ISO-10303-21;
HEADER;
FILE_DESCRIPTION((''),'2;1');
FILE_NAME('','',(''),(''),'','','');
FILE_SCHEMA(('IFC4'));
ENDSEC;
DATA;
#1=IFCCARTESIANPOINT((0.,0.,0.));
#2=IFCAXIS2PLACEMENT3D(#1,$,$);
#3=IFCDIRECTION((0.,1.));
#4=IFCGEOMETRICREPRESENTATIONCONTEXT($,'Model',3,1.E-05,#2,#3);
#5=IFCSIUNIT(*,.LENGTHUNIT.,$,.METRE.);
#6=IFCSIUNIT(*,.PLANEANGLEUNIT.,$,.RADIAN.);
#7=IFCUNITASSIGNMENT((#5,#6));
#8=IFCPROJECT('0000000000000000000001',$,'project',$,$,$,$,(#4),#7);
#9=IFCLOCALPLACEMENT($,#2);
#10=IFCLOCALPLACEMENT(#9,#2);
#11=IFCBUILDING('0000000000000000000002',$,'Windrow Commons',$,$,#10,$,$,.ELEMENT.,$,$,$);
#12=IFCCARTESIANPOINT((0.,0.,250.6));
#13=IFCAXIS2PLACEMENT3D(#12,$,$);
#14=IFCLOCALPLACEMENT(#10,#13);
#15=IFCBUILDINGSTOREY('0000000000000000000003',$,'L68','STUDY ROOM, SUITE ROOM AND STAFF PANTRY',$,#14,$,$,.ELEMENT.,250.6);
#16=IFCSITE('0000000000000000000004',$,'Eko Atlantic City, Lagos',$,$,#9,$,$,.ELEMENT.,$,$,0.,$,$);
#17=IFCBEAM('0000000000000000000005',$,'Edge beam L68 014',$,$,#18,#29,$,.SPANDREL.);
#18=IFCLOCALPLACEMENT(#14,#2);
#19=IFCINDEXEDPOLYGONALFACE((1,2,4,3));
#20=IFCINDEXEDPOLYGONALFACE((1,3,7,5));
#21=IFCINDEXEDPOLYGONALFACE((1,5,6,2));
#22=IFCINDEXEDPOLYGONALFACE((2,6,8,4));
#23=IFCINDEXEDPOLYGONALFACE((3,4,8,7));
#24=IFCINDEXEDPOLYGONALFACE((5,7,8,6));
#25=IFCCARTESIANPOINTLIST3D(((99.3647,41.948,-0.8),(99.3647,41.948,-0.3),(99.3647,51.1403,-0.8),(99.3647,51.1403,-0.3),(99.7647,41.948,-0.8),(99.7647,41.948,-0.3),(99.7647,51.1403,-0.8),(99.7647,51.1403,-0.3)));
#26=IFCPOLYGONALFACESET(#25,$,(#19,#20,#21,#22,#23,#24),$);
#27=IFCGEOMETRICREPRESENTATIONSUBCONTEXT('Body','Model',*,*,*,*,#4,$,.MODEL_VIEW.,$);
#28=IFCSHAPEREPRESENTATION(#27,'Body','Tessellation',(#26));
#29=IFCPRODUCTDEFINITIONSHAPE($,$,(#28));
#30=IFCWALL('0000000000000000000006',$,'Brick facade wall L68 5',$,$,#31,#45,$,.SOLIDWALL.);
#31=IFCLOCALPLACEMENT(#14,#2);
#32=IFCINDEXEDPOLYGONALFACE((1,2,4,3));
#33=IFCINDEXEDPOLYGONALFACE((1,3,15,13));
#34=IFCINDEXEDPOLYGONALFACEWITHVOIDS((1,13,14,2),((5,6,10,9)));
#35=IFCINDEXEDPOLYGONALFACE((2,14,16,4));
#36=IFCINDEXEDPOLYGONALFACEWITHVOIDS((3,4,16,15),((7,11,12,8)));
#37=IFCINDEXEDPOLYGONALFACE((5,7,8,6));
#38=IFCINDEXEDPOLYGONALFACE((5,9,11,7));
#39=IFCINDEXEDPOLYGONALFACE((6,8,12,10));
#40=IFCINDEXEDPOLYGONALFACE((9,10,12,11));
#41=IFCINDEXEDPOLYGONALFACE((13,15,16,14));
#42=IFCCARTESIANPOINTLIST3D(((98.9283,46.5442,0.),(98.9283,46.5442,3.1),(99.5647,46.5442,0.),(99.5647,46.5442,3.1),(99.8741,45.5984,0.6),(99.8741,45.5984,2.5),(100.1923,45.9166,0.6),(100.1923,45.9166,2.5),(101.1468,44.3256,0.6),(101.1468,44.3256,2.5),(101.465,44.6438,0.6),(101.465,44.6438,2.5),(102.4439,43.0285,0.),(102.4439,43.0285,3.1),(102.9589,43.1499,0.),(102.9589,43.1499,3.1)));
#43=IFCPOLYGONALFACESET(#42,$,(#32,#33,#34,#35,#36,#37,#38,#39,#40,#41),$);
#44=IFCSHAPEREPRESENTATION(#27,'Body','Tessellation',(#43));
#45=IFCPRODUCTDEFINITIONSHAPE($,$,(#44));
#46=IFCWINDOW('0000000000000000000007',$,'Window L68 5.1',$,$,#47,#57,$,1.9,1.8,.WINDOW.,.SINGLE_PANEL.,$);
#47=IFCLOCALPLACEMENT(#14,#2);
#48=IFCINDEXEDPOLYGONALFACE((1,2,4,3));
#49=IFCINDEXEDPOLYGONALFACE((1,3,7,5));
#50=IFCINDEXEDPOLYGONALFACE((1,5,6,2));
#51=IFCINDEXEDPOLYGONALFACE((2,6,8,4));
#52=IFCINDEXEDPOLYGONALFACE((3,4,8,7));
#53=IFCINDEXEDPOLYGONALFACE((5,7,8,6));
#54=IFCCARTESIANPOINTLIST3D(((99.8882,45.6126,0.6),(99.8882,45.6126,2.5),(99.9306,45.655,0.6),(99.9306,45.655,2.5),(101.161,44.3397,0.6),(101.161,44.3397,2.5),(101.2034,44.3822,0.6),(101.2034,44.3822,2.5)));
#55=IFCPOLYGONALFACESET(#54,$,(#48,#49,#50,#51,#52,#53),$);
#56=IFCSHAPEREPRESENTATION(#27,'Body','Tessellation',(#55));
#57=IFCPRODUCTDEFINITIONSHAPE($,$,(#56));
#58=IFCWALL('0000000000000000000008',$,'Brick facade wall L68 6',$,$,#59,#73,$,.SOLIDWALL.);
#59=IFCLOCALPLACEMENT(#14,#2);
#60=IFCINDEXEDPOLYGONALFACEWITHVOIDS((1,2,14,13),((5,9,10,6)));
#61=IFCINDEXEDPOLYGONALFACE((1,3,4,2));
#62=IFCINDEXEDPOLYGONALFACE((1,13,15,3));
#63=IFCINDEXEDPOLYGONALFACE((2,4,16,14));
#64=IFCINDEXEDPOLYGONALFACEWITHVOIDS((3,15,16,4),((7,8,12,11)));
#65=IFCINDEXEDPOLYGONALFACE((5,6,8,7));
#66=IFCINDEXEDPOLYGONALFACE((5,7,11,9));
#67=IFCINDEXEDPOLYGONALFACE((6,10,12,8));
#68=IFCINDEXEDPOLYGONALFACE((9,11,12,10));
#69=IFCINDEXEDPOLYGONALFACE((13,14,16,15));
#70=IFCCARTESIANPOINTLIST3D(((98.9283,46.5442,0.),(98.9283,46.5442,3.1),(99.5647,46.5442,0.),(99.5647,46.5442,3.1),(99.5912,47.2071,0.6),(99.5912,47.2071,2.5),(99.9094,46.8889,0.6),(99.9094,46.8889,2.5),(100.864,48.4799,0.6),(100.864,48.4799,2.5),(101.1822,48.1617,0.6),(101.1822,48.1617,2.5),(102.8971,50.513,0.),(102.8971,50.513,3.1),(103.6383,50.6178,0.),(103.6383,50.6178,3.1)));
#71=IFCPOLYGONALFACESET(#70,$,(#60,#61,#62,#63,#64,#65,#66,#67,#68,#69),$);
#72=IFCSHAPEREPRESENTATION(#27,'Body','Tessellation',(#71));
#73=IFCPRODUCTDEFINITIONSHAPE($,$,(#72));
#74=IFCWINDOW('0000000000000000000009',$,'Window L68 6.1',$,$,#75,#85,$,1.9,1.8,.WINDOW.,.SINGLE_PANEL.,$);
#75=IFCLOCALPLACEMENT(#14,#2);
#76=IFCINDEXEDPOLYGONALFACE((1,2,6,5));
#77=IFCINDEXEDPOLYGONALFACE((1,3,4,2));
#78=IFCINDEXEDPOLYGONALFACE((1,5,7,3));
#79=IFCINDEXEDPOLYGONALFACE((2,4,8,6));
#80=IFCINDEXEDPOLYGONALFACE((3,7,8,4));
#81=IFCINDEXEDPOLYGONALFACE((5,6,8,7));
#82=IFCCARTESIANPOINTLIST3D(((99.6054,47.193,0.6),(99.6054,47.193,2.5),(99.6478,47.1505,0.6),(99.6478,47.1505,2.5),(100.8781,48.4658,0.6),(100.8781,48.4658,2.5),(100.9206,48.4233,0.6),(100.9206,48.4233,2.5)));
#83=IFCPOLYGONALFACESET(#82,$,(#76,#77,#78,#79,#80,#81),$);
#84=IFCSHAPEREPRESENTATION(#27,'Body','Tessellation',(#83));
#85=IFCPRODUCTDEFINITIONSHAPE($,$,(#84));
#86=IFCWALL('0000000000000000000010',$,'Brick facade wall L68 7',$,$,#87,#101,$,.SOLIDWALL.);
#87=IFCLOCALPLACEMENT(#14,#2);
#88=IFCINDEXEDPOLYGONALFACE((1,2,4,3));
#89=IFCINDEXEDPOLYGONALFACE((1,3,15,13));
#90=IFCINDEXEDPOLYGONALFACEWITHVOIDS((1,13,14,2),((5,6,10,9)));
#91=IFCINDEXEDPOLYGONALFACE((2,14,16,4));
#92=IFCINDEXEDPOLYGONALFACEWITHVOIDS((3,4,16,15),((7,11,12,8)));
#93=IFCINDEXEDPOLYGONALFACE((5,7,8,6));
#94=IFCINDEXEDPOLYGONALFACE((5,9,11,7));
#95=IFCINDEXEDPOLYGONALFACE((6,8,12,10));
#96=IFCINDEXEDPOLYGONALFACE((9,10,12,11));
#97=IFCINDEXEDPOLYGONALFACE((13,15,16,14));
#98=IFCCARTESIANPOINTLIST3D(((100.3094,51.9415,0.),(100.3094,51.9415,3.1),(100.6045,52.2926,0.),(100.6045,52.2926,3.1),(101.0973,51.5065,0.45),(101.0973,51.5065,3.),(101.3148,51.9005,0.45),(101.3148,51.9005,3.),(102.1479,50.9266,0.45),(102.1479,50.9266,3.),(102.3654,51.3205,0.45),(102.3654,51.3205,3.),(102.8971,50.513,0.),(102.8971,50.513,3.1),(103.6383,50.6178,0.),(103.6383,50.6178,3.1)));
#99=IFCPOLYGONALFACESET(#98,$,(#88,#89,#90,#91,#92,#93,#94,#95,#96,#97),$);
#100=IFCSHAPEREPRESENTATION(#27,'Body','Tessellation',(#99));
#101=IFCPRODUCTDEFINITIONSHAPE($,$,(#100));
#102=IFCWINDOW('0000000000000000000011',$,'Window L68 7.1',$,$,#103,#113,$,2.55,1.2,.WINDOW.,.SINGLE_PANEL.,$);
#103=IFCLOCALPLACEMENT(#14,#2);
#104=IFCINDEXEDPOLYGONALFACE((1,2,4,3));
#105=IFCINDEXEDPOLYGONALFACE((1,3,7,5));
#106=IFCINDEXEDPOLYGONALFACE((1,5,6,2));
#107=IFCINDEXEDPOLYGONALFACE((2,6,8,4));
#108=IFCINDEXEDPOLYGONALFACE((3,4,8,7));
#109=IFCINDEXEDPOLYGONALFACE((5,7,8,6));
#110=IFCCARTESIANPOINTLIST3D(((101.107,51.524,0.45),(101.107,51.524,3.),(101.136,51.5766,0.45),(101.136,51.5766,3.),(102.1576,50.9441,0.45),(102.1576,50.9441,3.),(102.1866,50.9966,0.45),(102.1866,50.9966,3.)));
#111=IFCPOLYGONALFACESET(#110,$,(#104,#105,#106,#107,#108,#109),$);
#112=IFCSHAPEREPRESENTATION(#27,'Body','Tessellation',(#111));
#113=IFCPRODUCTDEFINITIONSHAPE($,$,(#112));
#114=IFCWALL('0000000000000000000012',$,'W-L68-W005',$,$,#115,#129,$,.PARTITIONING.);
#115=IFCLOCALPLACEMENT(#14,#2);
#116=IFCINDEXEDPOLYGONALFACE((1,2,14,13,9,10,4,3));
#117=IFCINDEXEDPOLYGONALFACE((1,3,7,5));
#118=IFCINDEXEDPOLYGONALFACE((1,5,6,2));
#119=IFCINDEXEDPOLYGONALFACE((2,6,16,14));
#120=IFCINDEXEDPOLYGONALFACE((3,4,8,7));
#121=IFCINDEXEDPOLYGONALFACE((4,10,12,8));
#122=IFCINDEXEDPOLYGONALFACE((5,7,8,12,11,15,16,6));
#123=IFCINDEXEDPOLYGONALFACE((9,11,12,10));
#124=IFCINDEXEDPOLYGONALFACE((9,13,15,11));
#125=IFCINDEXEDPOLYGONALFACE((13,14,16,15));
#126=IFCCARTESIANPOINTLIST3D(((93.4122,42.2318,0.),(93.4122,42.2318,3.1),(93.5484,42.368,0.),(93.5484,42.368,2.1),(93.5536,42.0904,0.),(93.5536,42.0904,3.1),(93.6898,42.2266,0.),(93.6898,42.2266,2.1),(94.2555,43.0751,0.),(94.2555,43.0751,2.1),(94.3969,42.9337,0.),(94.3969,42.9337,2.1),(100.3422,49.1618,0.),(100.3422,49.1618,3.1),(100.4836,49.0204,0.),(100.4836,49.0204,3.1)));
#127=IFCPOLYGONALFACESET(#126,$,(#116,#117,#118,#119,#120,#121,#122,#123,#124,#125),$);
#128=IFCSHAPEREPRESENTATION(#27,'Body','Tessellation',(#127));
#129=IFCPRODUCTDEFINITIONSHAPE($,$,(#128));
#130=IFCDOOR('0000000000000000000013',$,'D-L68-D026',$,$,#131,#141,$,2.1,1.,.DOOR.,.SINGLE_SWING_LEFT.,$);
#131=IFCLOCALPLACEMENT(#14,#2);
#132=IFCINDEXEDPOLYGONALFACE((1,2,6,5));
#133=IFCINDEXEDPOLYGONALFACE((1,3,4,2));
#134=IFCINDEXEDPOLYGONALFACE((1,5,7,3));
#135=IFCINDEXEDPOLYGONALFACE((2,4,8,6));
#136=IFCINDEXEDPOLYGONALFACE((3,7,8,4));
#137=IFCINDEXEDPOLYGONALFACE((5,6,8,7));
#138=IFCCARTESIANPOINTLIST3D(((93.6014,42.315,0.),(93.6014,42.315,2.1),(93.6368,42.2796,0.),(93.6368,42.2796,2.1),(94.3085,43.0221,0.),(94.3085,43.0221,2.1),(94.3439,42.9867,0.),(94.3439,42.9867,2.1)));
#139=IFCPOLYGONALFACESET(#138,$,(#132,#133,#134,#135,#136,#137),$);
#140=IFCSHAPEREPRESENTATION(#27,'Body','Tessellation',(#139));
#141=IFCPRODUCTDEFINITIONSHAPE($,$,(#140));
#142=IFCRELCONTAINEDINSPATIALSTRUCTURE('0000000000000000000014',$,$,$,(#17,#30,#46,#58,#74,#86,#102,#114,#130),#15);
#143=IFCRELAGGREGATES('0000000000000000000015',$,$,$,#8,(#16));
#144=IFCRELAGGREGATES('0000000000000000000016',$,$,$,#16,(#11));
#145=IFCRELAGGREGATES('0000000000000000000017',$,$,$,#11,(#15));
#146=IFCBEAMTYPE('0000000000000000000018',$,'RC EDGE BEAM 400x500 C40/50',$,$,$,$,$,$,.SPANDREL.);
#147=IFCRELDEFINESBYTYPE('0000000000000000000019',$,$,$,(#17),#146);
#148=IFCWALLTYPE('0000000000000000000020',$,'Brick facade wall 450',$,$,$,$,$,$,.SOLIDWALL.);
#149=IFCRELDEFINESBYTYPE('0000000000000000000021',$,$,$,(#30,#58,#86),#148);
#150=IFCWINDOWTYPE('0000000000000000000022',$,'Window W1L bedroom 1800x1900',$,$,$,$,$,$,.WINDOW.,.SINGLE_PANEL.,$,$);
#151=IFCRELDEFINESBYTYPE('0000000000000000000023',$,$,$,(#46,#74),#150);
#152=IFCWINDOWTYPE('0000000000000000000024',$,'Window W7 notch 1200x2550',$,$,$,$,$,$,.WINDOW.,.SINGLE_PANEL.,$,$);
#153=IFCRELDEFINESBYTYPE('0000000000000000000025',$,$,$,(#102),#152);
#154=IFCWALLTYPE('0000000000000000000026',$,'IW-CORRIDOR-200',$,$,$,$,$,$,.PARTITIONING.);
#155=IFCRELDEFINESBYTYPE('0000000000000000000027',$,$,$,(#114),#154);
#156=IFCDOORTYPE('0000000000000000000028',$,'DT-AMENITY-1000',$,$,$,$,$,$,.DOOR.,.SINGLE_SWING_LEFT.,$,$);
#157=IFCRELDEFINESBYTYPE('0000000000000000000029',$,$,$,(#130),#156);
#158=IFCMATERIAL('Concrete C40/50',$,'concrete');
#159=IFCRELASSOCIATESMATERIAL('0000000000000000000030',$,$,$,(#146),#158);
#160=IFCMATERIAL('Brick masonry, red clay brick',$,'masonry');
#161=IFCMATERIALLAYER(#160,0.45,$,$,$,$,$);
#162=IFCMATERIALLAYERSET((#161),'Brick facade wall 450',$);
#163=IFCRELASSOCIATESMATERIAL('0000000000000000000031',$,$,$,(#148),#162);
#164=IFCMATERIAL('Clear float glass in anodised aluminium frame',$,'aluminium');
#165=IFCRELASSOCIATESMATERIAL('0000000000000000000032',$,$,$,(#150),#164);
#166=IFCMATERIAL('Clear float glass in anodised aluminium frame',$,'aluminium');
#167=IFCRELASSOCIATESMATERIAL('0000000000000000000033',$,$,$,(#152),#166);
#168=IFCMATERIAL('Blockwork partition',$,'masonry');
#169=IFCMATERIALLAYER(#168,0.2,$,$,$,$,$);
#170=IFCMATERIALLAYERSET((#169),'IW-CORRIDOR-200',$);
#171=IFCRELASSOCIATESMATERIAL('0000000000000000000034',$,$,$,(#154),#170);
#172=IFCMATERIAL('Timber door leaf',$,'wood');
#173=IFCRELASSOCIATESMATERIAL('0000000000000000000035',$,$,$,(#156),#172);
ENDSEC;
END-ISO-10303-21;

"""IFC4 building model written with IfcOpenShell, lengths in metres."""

from ifc_helpers import new_model, si_unit, direction, frame, frame_2d, origin, origin_2d, place, context, subcontext, project, spatial, polyline, rectangle, outline, extrude, material, layer, layer_set, material_profile, profile_set, type_object, element, fill, save


model = new_model("IFC4")

# Units and contexts
model_context = context("Model", 3, precision=1e-05, world=origin(), true_north=direction((0.0, 1.0)))
body_context = subcontext(model_context, "Body", "Model", "MODEL_VIEW")
ifc_project = project(units=[si_unit("LENGTHUNIT", "METRE"), si_unit("PLANEANGLEUNIT", "RADIAN")], contexts=[model_context])

# Site, building, storey
site_placement = place(None, origin())
site = spatial("IfcSite", under=ifc_project, at=site_placement, Name="Eko Atlantic City, Lagos", CompositionType="ELEMENT", RefElevation=0.0)
building_placement = place(site_placement, origin())
building = spatial("IfcBuilding", under=site, at=building_placement, Name="Windrow Commons", CompositionType="ELEMENT")
storey_placement = place(building_placement, frame((0.0, 0.0, 250.6)))
storey = spatial("IfcBuildingStorey", under=building, at=storey_placement, Name="L68", Description="STUDY ROOM, SUITE ROOM AND STAFF PANTRY", CompositionType="ELEMENT", Elevation=250.6)

# Beam
ifc_material_1 = material(Name="Concrete C40/50", Category="concrete")
ifc_material_profile = material_profile(ifc_material_1, rectangle(XDim=0.4, YDim=0.5, at=origin_2d()))
ifc_profile_set = profile_set([ifc_material_profile], Name="Concrete C40/50")
beam_type = type_object("IfcBeamType", Name="RC EDGE BEAM 400x500 C40/50", PredefinedType="SPANDREL", material=ifc_profile_set)
beam_placement = place(storey_placement, frame((99.5647, 51.1403, -0.55), z_axis=(0.0, -1.0, 0.0), x_axis=(1.0, 0.0, 0.0)))
element("IfcBeam", 1, at=beam_placement, inside=storey, type_object=beam_type, Name="Edge beam L68 014", PredefinedType="SPANDREL", context=body_context, shape_type="SweptSolid", body=[
    extrude(rectangle(XDim=0.4, YDim=0.5, at=origin_2d()), origin(), (0.0, 0.0, 1.0), 9.1923),
])

# Walls, openings, windows
ifc_material_2 = material(Name="Brick masonry, red clay brick", Category="masonry")
ifc_layer_1 = layer(ifc_material_2, 0.45)
ifc_layer_set_1 = layer_set([ifc_layer_1], Name="Brick facade wall 450")
wall_type_1 = type_object("IfcWallType", Name="Brick facade wall 450", PredefinedType="SOLIDWALL", material=ifc_layer_set_1)
wall_1_placement = place(storey_placement, frame((102.7014, 43.0892, 0.0), z_axis=(0.0, 0.0, 1.0), x_axis=(-0.707097, 0.707117, 0.0)))
wall_1 = element("IfcWall", 2, at=wall_1_placement, inside=storey, type_object=wall_type_1, Name="Brick facade wall L68 5", PredefinedType="SOLIDWALL", context=body_context, shape_type="SweptSolid", body=[
    extrude(outline(polyline([(-0.1391, -0.225), (4.661, -0.225), (5.111, 0.225), (0.1391, 0.225), (-0.1391, -0.225)])), origin(), (0.0, 0.0, 1.0), 3.1),
])
opening_1_placement = place(wall_1_placement, frame((1.9735, 0.0, 0.6)))
opening_1 = element("IfcOpeningElement", 3, at=opening_1_placement, cuts=wall_1, PredefinedType="OPENING", context=body_context, shape_type="SweptSolid", body=[
    extrude(rectangle(XDim=1.8, YDim=1.9, at=frame_2d((0.9, 0.95))), frame((0.0, 0.235, 0.0), z_axis=(0.0, -1.0, 0.0), x_axis=(1.0, 0.0, 0.0)), (0.0, 0.0, 1.0), 0.47),
])
ifc_material_3 = material(Name="Clear float glass in anodised aluminium frame", Category="aluminium")
window_type_1 = type_object("IfcWindowType", Name="Window W1L bedroom 1800x1900", PartitioningType="SINGLE_PANEL", PredefinedType="WINDOW", material=ifc_material_3)
window_1_placement = place(opening_1_placement, origin())
window_1 = element("IfcWindow", 4, at=window_1_placement, inside=storey, type_object=window_type_1, Name="Window L68 5.1", OverallHeight=1.9, OverallWidth=1.8, PartitioningType="SINGLE_PANEL", PredefinedType="WINDOW", context=body_context, shape_type="SweptSolid", body=[
    extrude(rectangle(XDim=1.8, YDim=1.9, at=frame_2d((0.9, 0.95))), frame((0.0, 0.205, 0.0), z_axis=(0.0, -1.0, 0.0), x_axis=(1.0, 0.0, 0.0)), (0.0, 0.0, 1.0), 0.06),
])
fill(opening_1, window_1)
wall_2_placement = place(storey_placement, frame((99.2465, 46.5442, 0.0), z_axis=(0.0, 0.0, 1.0), x_axis=(0.707107, 0.707107, 0.0)))
wall_2 = element("IfcWall", 5, at=wall_2_placement, inside=storey, type_object=wall_type_1, Name="Brick facade wall L68 6", PredefinedType="SOLIDWALL", context=body_context, shape_type="SweptSolid", body=[
    extrude(outline(polyline([(0.225, -0.225), (5.986, -0.225), (5.3877, 0.225), (-0.225, 0.225), (0.225, -0.225)])), origin(), (0.0, 0.0, 1.0), 3.1),
])
opening_2_placement = place(wall_2_placement, frame((0.7125, 0.0, 0.6)))
opening_2 = element("IfcOpeningElement", 6, at=opening_2_placement, cuts=wall_2, PredefinedType="OPENING", context=body_context, shape_type="SweptSolid", body=[
    extrude(rectangle(XDim=1.8, YDim=1.9, at=frame_2d((0.9, 0.95))), frame((0.0, 0.235, 0.0), z_axis=(0.0, -1.0, 0.0), x_axis=(1.0, 0.0, 0.0)), (0.0, 0.0, 1.0), 0.47),
])
window_2_placement = place(opening_2_placement, origin())
window_2 = element("IfcWindow", 7, at=window_2_placement, inside=storey, type_object=window_type_1, Name="Window L68 6.1", OverallHeight=1.9, OverallWidth=1.8, PartitioningType="SINGLE_PANEL", PredefinedType="WINDOW", context=body_context, shape_type="SweptSolid", body=[
    extrude(rectangle(XDim=1.8, YDim=1.9, at=frame_2d((0.9, 0.95))), frame((0.0, 0.205, 0.0), z_axis=(0.0, -1.0, 0.0), x_axis=(1.0, 0.0, 0.0)), (0.0, 0.0, 1.0), 0.06),
])
fill(opening_2, window_2)
wall_3_placement = place(storey_placement, frame((103.2677, 50.5654, 0.0), z_axis=(0.0, 0.0, 1.0), x_axis=(-0.875457, 0.483296, 0.0)))
wall_3 = element("IfcWall", 8, at=wall_3_placement, inside=storey, type_object=wall_type_1, Name="Brick facade wall L68 7", PredefinedType="SOLIDWALL", context=body_context, shape_type="SweptSolid", body=[
    extrude(outline(polyline([(-0.2991, -0.225), (3.1663, -0.225), (3.2549, 0.225), (0.2991, 0.225), (-0.2991, -0.225)])), origin(), (0.0, 0.0, 1.0), 3.1),
])
opening_3_placement = place(wall_3_placement, frame((1.1549, 0.0, 0.45)))
opening_3 = element("IfcOpeningElement", 9, at=opening_3_placement, cuts=wall_3, PredefinedType="OPENING", context=body_context, shape_type="SweptSolid", body=[
    extrude(rectangle(XDim=1.2, YDim=2.55, at=frame_2d((0.6, 1.275))), frame((0.0, 0.235, 0.0), z_axis=(0.0, -1.0, 0.0), x_axis=(1.0, 0.0, 0.0)), (0.0, 0.0, 1.0), 0.47),
])
ifc_material_4 = material(Name="Clear float glass in anodised aluminium frame", Category="aluminium")
window_type_2 = type_object("IfcWindowType", Name="Window W7 notch 1200x2550", PartitioningType="SINGLE_PANEL", PredefinedType="WINDOW", material=ifc_material_4)
window_3_placement = place(opening_3_placement, origin())
window_3 = element("IfcWindow", 10, at=window_3_placement, inside=storey, type_object=window_type_2, Name="Window L68 7.1", OverallHeight=2.55, OverallWidth=1.2, PartitioningType="SINGLE_PANEL", PredefinedType="WINDOW", context=body_context, shape_type="SweptSolid", body=[
    extrude(rectangle(XDim=1.2, YDim=2.55, at=frame_2d((0.6, 1.275))), frame((0.0, 0.205, 0.0), z_axis=(0.0, -1.0, 0.0), x_axis=(1.0, 0.0, 0.0)), (0.0, 0.0, 1.0), 0.06),
])
fill(opening_3, window_3)

# Wall, opening, door
ifc_material_5 = material(Name="Blockwork partition", Category="masonry")
ifc_layer_2 = layer(ifc_material_5, 0.2)
ifc_layer_set_2 = layer_set([ifc_layer_2], Name="IW-CORRIDOR-200")
wall_type_2 = type_object("IfcWallType", Name="IW-CORRIDOR-200", PredefinedType="PARTITIONING", material=ifc_layer_set_2)
wall_4_placement = place(storey_placement, frame((93.4829, 42.1611, 0.0), z_axis=(0.0, 0.0, 1.0), x_axis=(0.707107, 0.707107, 0.0)))
wall_4 = element("IfcWall", 11, at=wall_4_placement, inside=storey, type_object=wall_type_2, Name="W-L68-W005", PredefinedType="PARTITIONING", context=body_context, shape_type="SweptSolid", body=[
    extrude(rectangle(XDim=9.8005, YDim=0.2, at=frame_2d((4.9002, 0.0))), origin(), (0.0, 0.0, 1.0), 3.1),
])
opening_4_placement = place(wall_4_placement, frame((0.1926, 0.0, 0.0)))
opening_4 = element("IfcOpeningElement", 12, at=opening_4_placement, cuts=wall_4, PredefinedType="OPENING", context=body_context, shape_type="SweptSolid", body=[
    extrude(rectangle(XDim=1.0, YDim=2.1, at=frame_2d((0.5, 1.05))), frame((0.0, 0.11, 0.0), z_axis=(0.0, -1.0, 0.0), x_axis=(1.0, 0.0, 0.0)), (0.0, 0.0, 1.0), 0.22),
])
ifc_material_6 = material(Name="Timber door leaf", Category="wood")
door_type = type_object("IfcDoorType", Name="DT-AMENITY-1000", OperationType="SINGLE_SWING_LEFT", PredefinedType="DOOR", material=ifc_material_6)
door_1_placement = place(opening_4_placement, origin())
door_1 = element("IfcDoor", 13, at=door_1_placement, inside=storey, type_object=door_type, Name="D-L68-D026", OperationType="SINGLE_SWING_LEFT", OverallHeight=2.1, OverallWidth=1.0, PredefinedType="DOOR", context=body_context, shape_type="SweptSolid", body=[
    extrude(rectangle(XDim=1.0, YDim=2.1, at=frame_2d((0.5, 1.05))), frame((0.0, 0.025, 0.0), z_axis=(0.0, -1.0, 0.0), x_axis=(1.0, 0.0, 0.0)), (0.0, 0.0, 1.0), 0.05),
])
fill(opening_4, door_1)

save(model, "model.ifc")
